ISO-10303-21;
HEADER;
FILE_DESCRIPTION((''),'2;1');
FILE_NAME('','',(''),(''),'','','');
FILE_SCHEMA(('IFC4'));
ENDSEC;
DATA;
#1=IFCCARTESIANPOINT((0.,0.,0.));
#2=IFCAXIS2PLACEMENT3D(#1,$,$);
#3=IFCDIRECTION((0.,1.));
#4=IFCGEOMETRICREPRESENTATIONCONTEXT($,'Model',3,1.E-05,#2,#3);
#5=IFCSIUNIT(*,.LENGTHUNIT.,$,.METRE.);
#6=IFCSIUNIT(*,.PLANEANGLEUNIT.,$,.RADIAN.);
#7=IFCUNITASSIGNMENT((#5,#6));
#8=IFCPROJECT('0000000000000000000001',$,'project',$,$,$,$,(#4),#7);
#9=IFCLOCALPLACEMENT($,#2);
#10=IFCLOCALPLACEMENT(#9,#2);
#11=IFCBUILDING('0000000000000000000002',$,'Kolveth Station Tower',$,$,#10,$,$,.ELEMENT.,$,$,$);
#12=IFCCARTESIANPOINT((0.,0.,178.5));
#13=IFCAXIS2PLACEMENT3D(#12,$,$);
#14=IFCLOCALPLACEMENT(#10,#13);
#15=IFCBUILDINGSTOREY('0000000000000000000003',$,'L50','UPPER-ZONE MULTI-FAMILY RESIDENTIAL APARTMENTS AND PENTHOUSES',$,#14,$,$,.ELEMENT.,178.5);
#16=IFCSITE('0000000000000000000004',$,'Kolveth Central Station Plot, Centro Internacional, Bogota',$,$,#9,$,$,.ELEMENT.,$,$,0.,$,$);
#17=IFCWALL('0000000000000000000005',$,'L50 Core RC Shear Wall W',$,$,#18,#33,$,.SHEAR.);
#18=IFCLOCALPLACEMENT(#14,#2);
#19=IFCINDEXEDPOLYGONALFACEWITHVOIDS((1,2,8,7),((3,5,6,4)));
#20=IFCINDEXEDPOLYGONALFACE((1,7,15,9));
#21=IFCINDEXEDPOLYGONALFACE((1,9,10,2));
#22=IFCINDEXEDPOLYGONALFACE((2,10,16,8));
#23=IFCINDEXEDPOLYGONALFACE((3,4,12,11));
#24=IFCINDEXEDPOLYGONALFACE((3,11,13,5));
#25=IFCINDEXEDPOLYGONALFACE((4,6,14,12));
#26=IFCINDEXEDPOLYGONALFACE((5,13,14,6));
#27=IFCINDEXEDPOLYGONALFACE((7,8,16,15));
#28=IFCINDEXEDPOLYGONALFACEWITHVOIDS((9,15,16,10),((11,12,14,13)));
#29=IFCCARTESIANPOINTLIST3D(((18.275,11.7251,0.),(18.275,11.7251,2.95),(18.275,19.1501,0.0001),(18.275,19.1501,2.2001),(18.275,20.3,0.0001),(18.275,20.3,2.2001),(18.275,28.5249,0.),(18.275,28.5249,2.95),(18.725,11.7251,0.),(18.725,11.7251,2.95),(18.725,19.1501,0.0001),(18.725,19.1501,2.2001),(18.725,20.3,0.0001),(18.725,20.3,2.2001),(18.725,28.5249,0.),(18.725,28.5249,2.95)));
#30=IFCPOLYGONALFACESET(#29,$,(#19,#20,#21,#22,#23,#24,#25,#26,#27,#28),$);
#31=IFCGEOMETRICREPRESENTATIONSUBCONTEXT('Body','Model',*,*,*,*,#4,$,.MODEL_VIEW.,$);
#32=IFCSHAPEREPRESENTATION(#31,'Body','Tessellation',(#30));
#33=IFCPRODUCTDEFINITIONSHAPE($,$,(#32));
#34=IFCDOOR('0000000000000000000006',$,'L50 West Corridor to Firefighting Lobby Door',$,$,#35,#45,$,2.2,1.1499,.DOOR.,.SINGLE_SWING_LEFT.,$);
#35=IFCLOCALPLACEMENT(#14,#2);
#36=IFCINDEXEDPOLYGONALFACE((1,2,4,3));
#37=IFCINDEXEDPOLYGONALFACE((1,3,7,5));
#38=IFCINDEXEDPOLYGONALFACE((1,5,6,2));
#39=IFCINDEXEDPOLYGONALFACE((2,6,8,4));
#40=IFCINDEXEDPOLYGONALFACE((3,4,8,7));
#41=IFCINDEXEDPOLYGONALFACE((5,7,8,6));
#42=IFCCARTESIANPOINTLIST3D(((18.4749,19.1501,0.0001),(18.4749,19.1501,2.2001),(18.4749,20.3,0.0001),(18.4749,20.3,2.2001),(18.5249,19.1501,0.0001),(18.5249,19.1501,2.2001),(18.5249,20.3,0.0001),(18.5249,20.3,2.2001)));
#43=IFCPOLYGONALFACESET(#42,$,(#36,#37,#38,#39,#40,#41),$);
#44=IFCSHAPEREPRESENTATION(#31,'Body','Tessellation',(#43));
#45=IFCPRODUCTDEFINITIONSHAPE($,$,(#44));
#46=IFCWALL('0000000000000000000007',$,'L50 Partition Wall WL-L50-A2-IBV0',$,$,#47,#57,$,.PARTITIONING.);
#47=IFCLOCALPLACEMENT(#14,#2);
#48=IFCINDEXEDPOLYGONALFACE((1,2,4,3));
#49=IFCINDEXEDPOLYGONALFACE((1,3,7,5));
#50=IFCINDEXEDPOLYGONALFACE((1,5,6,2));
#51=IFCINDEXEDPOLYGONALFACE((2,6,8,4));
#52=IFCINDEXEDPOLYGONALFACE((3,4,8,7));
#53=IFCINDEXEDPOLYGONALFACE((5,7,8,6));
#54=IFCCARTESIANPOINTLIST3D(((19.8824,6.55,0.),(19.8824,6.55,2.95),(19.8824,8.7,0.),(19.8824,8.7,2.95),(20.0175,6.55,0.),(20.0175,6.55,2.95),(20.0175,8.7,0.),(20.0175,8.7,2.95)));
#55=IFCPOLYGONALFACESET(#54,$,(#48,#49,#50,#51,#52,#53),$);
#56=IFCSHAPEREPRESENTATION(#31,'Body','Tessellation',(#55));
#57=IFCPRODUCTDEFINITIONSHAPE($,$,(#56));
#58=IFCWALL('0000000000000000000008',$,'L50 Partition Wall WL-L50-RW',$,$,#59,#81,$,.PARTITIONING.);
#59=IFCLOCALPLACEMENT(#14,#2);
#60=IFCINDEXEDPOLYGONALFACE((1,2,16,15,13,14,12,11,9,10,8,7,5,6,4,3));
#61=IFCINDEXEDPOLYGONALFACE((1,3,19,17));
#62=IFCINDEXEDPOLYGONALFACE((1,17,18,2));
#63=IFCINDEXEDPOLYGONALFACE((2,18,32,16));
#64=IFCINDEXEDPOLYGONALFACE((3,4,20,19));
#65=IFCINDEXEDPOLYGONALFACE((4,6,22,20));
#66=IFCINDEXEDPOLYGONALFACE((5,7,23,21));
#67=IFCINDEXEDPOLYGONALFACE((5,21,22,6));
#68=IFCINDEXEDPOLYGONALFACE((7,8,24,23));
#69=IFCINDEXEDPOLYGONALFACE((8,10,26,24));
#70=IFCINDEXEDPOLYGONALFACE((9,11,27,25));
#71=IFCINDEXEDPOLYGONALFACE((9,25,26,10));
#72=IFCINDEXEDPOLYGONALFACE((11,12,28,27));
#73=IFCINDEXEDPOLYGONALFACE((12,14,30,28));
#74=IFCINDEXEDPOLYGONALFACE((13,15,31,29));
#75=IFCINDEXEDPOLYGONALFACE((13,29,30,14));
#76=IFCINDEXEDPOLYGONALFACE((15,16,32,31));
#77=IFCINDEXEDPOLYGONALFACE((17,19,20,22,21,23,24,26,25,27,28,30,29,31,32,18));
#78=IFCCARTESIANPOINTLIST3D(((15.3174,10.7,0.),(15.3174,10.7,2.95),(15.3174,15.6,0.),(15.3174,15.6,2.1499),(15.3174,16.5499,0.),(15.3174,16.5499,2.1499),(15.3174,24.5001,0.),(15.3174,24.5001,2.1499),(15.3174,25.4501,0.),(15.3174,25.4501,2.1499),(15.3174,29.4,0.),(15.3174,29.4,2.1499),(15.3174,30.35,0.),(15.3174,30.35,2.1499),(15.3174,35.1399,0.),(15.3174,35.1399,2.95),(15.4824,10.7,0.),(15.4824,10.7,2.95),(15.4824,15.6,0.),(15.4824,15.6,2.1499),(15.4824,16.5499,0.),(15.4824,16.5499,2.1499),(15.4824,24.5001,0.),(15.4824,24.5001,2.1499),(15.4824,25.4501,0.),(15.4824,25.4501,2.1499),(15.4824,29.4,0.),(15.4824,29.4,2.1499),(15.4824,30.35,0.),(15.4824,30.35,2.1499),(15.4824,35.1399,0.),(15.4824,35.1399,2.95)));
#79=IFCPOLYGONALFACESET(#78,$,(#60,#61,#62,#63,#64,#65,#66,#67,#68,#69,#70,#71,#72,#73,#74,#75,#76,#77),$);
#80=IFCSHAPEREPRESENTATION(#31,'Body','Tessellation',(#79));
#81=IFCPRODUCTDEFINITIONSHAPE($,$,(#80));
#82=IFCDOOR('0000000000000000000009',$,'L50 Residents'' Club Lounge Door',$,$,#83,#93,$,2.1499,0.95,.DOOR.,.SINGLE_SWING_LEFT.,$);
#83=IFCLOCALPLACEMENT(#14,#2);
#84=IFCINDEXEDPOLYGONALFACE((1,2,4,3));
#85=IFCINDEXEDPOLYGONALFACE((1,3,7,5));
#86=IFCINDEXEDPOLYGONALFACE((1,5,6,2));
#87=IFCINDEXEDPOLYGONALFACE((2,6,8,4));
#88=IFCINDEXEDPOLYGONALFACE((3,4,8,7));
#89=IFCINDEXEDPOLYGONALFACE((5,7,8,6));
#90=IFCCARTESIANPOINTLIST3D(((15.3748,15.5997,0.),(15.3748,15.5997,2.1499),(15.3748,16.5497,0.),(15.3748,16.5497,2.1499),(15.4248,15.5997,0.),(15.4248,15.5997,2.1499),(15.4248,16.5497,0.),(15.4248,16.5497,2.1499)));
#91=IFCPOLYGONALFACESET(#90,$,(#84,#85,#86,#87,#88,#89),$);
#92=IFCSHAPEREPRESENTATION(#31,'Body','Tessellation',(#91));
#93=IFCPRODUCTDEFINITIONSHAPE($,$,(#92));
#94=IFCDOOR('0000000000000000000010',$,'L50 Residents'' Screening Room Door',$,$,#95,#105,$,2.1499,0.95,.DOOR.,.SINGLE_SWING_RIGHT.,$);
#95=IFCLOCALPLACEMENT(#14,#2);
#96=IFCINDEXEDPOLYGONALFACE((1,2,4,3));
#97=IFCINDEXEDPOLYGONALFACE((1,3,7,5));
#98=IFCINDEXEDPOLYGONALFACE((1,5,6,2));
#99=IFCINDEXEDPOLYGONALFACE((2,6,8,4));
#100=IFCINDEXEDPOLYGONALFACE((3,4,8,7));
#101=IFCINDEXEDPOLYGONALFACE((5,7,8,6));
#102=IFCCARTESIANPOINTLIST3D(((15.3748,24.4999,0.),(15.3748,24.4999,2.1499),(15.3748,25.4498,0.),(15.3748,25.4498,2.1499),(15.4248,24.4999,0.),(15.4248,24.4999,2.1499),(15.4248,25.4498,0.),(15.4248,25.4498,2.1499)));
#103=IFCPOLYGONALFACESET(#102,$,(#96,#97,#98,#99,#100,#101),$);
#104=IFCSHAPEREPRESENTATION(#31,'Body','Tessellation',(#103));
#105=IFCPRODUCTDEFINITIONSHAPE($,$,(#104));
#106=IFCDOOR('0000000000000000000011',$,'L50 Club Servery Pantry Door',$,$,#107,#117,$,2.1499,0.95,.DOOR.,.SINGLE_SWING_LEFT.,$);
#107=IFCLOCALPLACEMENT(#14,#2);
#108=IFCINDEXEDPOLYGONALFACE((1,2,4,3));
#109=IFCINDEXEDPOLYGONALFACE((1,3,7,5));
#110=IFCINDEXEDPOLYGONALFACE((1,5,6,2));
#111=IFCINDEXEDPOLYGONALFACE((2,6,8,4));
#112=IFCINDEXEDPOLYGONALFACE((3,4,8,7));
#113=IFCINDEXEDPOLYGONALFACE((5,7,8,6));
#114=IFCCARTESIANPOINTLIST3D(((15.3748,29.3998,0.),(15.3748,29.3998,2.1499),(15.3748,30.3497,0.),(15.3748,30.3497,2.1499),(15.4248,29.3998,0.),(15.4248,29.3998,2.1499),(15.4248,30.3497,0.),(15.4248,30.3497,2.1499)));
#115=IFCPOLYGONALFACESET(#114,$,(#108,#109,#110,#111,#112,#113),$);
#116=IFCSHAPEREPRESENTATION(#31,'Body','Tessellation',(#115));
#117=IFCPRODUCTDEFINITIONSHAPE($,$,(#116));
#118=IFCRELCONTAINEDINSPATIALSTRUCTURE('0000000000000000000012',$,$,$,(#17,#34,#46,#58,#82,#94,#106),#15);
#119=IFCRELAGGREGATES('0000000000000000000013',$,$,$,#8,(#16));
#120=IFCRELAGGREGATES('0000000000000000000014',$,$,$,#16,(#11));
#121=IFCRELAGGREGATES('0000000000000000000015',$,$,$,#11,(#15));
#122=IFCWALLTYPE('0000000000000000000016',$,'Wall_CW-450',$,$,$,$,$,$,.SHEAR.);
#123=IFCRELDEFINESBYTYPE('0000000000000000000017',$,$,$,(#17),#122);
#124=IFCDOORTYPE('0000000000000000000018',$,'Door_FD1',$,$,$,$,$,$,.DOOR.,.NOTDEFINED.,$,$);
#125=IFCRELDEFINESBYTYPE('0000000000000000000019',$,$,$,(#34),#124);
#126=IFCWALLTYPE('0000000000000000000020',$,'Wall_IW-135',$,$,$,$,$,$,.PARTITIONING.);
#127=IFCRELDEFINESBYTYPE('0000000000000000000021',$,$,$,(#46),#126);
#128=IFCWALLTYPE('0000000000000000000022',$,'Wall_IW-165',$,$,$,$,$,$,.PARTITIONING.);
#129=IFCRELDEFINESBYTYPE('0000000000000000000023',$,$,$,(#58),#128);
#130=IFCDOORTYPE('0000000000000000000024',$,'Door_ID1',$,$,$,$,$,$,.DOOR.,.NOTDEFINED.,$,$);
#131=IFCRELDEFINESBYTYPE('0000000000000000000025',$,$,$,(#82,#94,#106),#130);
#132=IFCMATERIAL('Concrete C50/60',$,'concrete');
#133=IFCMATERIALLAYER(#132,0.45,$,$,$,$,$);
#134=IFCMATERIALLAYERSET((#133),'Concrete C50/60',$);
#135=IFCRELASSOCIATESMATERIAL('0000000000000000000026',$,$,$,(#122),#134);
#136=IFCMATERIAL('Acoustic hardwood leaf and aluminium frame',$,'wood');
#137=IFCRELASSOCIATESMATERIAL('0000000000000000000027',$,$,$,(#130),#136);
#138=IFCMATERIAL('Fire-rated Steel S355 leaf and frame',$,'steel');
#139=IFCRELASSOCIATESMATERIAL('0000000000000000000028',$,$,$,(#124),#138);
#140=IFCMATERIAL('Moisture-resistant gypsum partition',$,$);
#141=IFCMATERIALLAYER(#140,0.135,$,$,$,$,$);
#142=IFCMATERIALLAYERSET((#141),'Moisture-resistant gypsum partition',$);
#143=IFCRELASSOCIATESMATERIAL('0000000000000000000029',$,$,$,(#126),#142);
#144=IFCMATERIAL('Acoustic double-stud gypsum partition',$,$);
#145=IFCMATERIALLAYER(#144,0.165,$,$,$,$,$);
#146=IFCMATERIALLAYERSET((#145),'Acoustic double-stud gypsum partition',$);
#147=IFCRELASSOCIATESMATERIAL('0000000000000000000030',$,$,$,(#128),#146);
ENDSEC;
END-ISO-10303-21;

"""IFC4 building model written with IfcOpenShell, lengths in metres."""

from ifc_helpers import new_model, si_unit, direction, frame, frame_2d, origin, place, context, subcontext, project, spatial, rectangle, extrude, material, layer, layer_set, type_object, element, fill, save


model = new_model("IFC4")

# Units and contexts
model_context = context("Model", 3, precision=1e-05, world=origin(), true_north=direction((0.0, 1.0)))
body_context = subcontext(model_context, "Body", "Model", "MODEL_VIEW")
ifc_project = project(units=[si_unit("LENGTHUNIT", "METRE"), si_unit("PLANEANGLEUNIT", "RADIAN")], contexts=[model_context])

# Site, building, storey
site_placement = place(None, origin())
site = spatial("IfcSite", under=ifc_project, at=site_placement, Name="Kolveth Central Station Plot, Centro Internacional, Bogota", CompositionType="ELEMENT", RefElevation=0.0)
building_placement = place(site_placement, origin())
building = spatial("IfcBuilding", under=site, at=building_placement, Name="Kolveth Station Tower", CompositionType="ELEMENT")
storey_placement = place(building_placement, frame((0.0, 0.0, 178.5)))
storey = spatial("IfcBuildingStorey", under=building, at=storey_placement, Name="L50", Description="UPPER-ZONE MULTI-FAMILY RESIDENTIAL APARTMENTS AND PENTHOUSES", CompositionType="ELEMENT", Elevation=178.5)

# Shared definitions
ifc_material_1 = material(Name="Concrete C50/60", Category="concrete")
ifc_layer_1 = layer(ifc_material_1, 0.45)
ifc_layer_set_1 = layer_set([ifc_layer_1], Name="Concrete C50/60")
wall_type_1 = type_object("IfcWallType", Name="Wall_CW-450", PredefinedType="SHEAR", material=ifc_layer_set_1)
ifc_material_2 = material(Name="Acoustic hardwood leaf and aluminium frame", Category="wood")
door_type_1 = type_object("IfcDoorType", Name="Door_ID1", OperationType="NOTDEFINED", PredefinedType="DOOR", material=ifc_material_2)

# Wall, opening, door
wall_1_placement = place(storey_placement, frame((18.5, 11.7251, 0.0), z_axis=(0.0, 0.0, 1.0), x_axis=(0.0, 1.0, 0.0)))
wall_1 = element("IfcWall", 1, at=wall_1_placement, inside=storey, type_object=wall_type_1, Name="L50 Core RC Shear Wall W", PredefinedType="SHEAR", context=body_context, shape_type="SweptSolid", body=[
    extrude(rectangle(XDim=16.7998, YDim=0.45, at=frame_2d((8.3999, 0.0))), origin(), (0.0, 0.0, 1.0), 2.95),
])
opening_1_placement = place(wall_1_placement, frame((7.425, 0.0, 0.0)))
opening_1 = element("IfcOpeningElement", 2, at=opening_1_placement, cuts=wall_1, PredefinedType="OPENING", context=body_context, shape_type="SweptSolid", body=[
    extrude(rectangle(XDim=1.1499, YDim=2.2, at=frame_2d((0.575, 1.1001))), frame((0.0, 0.2349, 0.0), z_axis=(0.0, -1.0, 0.0), x_axis=(1.0, 0.0, 0.0)), (0.0, 0.0, 1.0), 0.47),
])
ifc_material_3 = material(Name="Fire-rated Steel S355 leaf and frame", Category="steel")
door_type_2 = type_object("IfcDoorType", Name="Door_FD1", OperationType="NOTDEFINED", PredefinedType="DOOR", material=ifc_material_3)
door_1_placement = place(opening_1_placement, frame((1.1499, 0.0, 0.0), z_axis=(0.0, 0.0, 1.0), x_axis=(-1.0, 0.0, 0.0)))
door_1 = element("IfcDoor", 3, at=door_1_placement, inside=storey, type_object=door_type_2, Name="L50 West Corridor to Firefighting Lobby Door", OperationType="SINGLE_SWING_LEFT", OverallHeight=2.2, OverallWidth=1.1499, PredefinedType="DOOR", context=body_context, shape_type="SweptSolid", body=[
    extrude(rectangle(XDim=1.1499, YDim=2.2, at=frame_2d((0.575, 1.1001))), frame((0.0, 0.0249, 0.0), z_axis=(0.0, -1.0, 0.0), x_axis=(1.0, 0.0, 0.0)), (0.0, 0.0, 1.0), 0.05),
])
fill(opening_1, door_1)
ifc_material_4 = material(Name="Moisture-resistant gypsum partition")
ifc_layer_2 = layer(ifc_material_4, 0.135)
ifc_layer_set_2 = layer_set([ifc_layer_2], Name="Moisture-resistant gypsum partition")
wall_type_2 = type_object("IfcWallType", Name="Wall_IW-135", PredefinedType="PARTITIONING", material=ifc_layer_set_2)

# Wall
wall_2_placement = place(storey_placement, frame((19.95, 6.55, 0.0), z_axis=(0.0, 0.0, 1.0), x_axis=(0.0, 1.0, 0.0)))
element("IfcWall", 4, at=wall_2_placement, inside=storey, type_object=wall_type_2, Name="L50 Partition Wall WL-L50-A2-IBV0", PredefinedType="PARTITIONING", context=body_context, shape_type="SweptSolid", body=[
    extrude(rectangle(XDim=2.1499, YDim=0.135, at=frame_2d((1.075, 0.0))), origin(), (0.0, 0.0, 1.0), 2.95),
])

# Wall, openings, doors
ifc_material_5 = material(Name="Acoustic double-stud gypsum partition")
ifc_layer_3 = layer(ifc_material_5, 0.165)
ifc_layer_set_3 = layer_set([ifc_layer_3], Name="Acoustic double-stud gypsum partition")
wall_type_3 = type_object("IfcWallType", Name="Wall_IW-165", PredefinedType="PARTITIONING", material=ifc_layer_set_3)
wall_3_placement = place(storey_placement, frame((15.3999, 10.7, 0.0), z_axis=(0.0, 0.0, 1.0), x_axis=(0.0, 1.0, 0.0)))
wall_3 = element("IfcWall", 5, at=wall_3_placement, inside=storey, type_object=wall_type_3, Name="L50 Partition Wall WL-L50-RW", PredefinedType="PARTITIONING", context=body_context, shape_type="SweptSolid", body=[
    extrude(rectangle(XDim=24.4399, YDim=0.165, at=frame_2d((12.22, 0.0))), origin(), (0.0, 0.0, 1.0), 2.95),
])
opening_2_placement = place(wall_3_placement, frame((4.8999, 0.0, 0.0)))
opening_2 = element("IfcOpeningElement", 6, at=opening_2_placement, cuts=wall_3, PredefinedType="OPENING", context=body_context, shape_type="SweptSolid", body=[
    extrude(rectangle(XDim=0.95, YDim=2.1499, at=frame_2d((0.4751, 1.075))), frame((0.0, 0.0925, 0.0), z_axis=(0.0, -1.0, 0.0), x_axis=(1.0, 0.0, 0.0)), (0.0, 0.0, 1.0), 0.1851),
])
opening_3_placement = place(wall_3_placement, frame((13.8, 0.0, 0.0)))
opening_3 = element("IfcOpeningElement", 7, at=opening_3_placement, cuts=wall_3, PredefinedType="OPENING", context=body_context, shape_type="SweptSolid", body=[
    extrude(rectangle(XDim=0.95, YDim=2.1499, at=frame_2d((0.4751, 1.075))), frame((0.0, 0.0925, 0.0), z_axis=(0.0, -1.0, 0.0), x_axis=(1.0, 0.0, 0.0)), (0.0, 0.0, 1.0), 0.1851),
])
opening_4_placement = place(wall_3_placement, frame((18.7, 0.0, 0.0)))
opening_4 = element("IfcOpeningElement", 8, at=opening_4_placement, cuts=wall_3, PredefinedType="OPENING", context=body_context, shape_type="SweptSolid", body=[
    extrude(rectangle(XDim=0.95, YDim=2.1499, at=frame_2d((0.4751, 1.075))), frame((0.0, 0.0925, 0.0), z_axis=(0.0, -1.0, 0.0), x_axis=(1.0, 0.0, 0.0)), (0.0, 0.0, 1.0), 0.1851),
])
door_2_placement = place(opening_2_placement, frame((0.95, 0.0, 0.0), z_axis=(0.0, 0.0, 1.0), x_axis=(-1.0, 0.0, 0.0)))
door_2 = element("IfcDoor", 9, at=door_2_placement, inside=storey, type_object=door_type_1, Name="L50 Residents' Club Lounge Door", OperationType="SINGLE_SWING_LEFT", OverallHeight=2.1499, OverallWidth=0.95, PredefinedType="DOOR", context=body_context, shape_type="SweptSolid", body=[
    extrude(rectangle(XDim=0.95, YDim=2.1499, at=frame_2d((0.4751, 1.075))), frame((0.0, 0.0249, 0.0), z_axis=(0.0, -1.0, 0.0), x_axis=(1.0, 0.0, 0.0)), (0.0, 0.0, 1.0), 0.05),
])
fill(opening_2, door_2)
door_3_placement = place(opening_3_placement, frame((0.95, 0.0, 0.0), z_axis=(0.0, 0.0, 1.0), x_axis=(-1.0, 0.0, 0.0)))
door_3 = element("IfcDoor", 10, at=door_3_placement, inside=storey, type_object=door_type_1, Name="L50 Residents' Screening Room Door", OperationType="SINGLE_SWING_RIGHT", OverallHeight=2.1499, OverallWidth=0.95, PredefinedType="DOOR", context=body_context, shape_type="SweptSolid", body=[
    extrude(rectangle(XDim=0.95, YDim=2.1499, at=frame_2d((0.4751, 1.075))), frame((0.0, 0.0249, 0.0), z_axis=(0.0, -1.0, 0.0), x_axis=(1.0, 0.0, 0.0)), (0.0, 0.0, 1.0), 0.05),
])
fill(opening_3, door_3)
door_4_placement = place(opening_4_placement, frame((0.95, 0.0, 0.0), z_axis=(0.0, 0.0, 1.0), x_axis=(-1.0, 0.0, 0.0)))
door_4 = element("IfcDoor", 11, at=door_4_placement, inside=storey, type_object=door_type_1, Name="L50 Club Servery Pantry Door", OperationType="SINGLE_SWING_LEFT", OverallHeight=2.1499, OverallWidth=0.95, PredefinedType="DOOR", context=body_context, shape_type="SweptSolid", body=[
    extrude(rectangle(XDim=0.95, YDim=2.1499, at=frame_2d((0.4751, 1.075))), frame((0.0, 0.0249, 0.0), z_axis=(0.0, -1.0, 0.0), x_axis=(1.0, 0.0, 0.0)), (0.0, 0.0, 1.0), 0.05),
])
fill(opening_4, door_4)

save(model, "model.ifc")
